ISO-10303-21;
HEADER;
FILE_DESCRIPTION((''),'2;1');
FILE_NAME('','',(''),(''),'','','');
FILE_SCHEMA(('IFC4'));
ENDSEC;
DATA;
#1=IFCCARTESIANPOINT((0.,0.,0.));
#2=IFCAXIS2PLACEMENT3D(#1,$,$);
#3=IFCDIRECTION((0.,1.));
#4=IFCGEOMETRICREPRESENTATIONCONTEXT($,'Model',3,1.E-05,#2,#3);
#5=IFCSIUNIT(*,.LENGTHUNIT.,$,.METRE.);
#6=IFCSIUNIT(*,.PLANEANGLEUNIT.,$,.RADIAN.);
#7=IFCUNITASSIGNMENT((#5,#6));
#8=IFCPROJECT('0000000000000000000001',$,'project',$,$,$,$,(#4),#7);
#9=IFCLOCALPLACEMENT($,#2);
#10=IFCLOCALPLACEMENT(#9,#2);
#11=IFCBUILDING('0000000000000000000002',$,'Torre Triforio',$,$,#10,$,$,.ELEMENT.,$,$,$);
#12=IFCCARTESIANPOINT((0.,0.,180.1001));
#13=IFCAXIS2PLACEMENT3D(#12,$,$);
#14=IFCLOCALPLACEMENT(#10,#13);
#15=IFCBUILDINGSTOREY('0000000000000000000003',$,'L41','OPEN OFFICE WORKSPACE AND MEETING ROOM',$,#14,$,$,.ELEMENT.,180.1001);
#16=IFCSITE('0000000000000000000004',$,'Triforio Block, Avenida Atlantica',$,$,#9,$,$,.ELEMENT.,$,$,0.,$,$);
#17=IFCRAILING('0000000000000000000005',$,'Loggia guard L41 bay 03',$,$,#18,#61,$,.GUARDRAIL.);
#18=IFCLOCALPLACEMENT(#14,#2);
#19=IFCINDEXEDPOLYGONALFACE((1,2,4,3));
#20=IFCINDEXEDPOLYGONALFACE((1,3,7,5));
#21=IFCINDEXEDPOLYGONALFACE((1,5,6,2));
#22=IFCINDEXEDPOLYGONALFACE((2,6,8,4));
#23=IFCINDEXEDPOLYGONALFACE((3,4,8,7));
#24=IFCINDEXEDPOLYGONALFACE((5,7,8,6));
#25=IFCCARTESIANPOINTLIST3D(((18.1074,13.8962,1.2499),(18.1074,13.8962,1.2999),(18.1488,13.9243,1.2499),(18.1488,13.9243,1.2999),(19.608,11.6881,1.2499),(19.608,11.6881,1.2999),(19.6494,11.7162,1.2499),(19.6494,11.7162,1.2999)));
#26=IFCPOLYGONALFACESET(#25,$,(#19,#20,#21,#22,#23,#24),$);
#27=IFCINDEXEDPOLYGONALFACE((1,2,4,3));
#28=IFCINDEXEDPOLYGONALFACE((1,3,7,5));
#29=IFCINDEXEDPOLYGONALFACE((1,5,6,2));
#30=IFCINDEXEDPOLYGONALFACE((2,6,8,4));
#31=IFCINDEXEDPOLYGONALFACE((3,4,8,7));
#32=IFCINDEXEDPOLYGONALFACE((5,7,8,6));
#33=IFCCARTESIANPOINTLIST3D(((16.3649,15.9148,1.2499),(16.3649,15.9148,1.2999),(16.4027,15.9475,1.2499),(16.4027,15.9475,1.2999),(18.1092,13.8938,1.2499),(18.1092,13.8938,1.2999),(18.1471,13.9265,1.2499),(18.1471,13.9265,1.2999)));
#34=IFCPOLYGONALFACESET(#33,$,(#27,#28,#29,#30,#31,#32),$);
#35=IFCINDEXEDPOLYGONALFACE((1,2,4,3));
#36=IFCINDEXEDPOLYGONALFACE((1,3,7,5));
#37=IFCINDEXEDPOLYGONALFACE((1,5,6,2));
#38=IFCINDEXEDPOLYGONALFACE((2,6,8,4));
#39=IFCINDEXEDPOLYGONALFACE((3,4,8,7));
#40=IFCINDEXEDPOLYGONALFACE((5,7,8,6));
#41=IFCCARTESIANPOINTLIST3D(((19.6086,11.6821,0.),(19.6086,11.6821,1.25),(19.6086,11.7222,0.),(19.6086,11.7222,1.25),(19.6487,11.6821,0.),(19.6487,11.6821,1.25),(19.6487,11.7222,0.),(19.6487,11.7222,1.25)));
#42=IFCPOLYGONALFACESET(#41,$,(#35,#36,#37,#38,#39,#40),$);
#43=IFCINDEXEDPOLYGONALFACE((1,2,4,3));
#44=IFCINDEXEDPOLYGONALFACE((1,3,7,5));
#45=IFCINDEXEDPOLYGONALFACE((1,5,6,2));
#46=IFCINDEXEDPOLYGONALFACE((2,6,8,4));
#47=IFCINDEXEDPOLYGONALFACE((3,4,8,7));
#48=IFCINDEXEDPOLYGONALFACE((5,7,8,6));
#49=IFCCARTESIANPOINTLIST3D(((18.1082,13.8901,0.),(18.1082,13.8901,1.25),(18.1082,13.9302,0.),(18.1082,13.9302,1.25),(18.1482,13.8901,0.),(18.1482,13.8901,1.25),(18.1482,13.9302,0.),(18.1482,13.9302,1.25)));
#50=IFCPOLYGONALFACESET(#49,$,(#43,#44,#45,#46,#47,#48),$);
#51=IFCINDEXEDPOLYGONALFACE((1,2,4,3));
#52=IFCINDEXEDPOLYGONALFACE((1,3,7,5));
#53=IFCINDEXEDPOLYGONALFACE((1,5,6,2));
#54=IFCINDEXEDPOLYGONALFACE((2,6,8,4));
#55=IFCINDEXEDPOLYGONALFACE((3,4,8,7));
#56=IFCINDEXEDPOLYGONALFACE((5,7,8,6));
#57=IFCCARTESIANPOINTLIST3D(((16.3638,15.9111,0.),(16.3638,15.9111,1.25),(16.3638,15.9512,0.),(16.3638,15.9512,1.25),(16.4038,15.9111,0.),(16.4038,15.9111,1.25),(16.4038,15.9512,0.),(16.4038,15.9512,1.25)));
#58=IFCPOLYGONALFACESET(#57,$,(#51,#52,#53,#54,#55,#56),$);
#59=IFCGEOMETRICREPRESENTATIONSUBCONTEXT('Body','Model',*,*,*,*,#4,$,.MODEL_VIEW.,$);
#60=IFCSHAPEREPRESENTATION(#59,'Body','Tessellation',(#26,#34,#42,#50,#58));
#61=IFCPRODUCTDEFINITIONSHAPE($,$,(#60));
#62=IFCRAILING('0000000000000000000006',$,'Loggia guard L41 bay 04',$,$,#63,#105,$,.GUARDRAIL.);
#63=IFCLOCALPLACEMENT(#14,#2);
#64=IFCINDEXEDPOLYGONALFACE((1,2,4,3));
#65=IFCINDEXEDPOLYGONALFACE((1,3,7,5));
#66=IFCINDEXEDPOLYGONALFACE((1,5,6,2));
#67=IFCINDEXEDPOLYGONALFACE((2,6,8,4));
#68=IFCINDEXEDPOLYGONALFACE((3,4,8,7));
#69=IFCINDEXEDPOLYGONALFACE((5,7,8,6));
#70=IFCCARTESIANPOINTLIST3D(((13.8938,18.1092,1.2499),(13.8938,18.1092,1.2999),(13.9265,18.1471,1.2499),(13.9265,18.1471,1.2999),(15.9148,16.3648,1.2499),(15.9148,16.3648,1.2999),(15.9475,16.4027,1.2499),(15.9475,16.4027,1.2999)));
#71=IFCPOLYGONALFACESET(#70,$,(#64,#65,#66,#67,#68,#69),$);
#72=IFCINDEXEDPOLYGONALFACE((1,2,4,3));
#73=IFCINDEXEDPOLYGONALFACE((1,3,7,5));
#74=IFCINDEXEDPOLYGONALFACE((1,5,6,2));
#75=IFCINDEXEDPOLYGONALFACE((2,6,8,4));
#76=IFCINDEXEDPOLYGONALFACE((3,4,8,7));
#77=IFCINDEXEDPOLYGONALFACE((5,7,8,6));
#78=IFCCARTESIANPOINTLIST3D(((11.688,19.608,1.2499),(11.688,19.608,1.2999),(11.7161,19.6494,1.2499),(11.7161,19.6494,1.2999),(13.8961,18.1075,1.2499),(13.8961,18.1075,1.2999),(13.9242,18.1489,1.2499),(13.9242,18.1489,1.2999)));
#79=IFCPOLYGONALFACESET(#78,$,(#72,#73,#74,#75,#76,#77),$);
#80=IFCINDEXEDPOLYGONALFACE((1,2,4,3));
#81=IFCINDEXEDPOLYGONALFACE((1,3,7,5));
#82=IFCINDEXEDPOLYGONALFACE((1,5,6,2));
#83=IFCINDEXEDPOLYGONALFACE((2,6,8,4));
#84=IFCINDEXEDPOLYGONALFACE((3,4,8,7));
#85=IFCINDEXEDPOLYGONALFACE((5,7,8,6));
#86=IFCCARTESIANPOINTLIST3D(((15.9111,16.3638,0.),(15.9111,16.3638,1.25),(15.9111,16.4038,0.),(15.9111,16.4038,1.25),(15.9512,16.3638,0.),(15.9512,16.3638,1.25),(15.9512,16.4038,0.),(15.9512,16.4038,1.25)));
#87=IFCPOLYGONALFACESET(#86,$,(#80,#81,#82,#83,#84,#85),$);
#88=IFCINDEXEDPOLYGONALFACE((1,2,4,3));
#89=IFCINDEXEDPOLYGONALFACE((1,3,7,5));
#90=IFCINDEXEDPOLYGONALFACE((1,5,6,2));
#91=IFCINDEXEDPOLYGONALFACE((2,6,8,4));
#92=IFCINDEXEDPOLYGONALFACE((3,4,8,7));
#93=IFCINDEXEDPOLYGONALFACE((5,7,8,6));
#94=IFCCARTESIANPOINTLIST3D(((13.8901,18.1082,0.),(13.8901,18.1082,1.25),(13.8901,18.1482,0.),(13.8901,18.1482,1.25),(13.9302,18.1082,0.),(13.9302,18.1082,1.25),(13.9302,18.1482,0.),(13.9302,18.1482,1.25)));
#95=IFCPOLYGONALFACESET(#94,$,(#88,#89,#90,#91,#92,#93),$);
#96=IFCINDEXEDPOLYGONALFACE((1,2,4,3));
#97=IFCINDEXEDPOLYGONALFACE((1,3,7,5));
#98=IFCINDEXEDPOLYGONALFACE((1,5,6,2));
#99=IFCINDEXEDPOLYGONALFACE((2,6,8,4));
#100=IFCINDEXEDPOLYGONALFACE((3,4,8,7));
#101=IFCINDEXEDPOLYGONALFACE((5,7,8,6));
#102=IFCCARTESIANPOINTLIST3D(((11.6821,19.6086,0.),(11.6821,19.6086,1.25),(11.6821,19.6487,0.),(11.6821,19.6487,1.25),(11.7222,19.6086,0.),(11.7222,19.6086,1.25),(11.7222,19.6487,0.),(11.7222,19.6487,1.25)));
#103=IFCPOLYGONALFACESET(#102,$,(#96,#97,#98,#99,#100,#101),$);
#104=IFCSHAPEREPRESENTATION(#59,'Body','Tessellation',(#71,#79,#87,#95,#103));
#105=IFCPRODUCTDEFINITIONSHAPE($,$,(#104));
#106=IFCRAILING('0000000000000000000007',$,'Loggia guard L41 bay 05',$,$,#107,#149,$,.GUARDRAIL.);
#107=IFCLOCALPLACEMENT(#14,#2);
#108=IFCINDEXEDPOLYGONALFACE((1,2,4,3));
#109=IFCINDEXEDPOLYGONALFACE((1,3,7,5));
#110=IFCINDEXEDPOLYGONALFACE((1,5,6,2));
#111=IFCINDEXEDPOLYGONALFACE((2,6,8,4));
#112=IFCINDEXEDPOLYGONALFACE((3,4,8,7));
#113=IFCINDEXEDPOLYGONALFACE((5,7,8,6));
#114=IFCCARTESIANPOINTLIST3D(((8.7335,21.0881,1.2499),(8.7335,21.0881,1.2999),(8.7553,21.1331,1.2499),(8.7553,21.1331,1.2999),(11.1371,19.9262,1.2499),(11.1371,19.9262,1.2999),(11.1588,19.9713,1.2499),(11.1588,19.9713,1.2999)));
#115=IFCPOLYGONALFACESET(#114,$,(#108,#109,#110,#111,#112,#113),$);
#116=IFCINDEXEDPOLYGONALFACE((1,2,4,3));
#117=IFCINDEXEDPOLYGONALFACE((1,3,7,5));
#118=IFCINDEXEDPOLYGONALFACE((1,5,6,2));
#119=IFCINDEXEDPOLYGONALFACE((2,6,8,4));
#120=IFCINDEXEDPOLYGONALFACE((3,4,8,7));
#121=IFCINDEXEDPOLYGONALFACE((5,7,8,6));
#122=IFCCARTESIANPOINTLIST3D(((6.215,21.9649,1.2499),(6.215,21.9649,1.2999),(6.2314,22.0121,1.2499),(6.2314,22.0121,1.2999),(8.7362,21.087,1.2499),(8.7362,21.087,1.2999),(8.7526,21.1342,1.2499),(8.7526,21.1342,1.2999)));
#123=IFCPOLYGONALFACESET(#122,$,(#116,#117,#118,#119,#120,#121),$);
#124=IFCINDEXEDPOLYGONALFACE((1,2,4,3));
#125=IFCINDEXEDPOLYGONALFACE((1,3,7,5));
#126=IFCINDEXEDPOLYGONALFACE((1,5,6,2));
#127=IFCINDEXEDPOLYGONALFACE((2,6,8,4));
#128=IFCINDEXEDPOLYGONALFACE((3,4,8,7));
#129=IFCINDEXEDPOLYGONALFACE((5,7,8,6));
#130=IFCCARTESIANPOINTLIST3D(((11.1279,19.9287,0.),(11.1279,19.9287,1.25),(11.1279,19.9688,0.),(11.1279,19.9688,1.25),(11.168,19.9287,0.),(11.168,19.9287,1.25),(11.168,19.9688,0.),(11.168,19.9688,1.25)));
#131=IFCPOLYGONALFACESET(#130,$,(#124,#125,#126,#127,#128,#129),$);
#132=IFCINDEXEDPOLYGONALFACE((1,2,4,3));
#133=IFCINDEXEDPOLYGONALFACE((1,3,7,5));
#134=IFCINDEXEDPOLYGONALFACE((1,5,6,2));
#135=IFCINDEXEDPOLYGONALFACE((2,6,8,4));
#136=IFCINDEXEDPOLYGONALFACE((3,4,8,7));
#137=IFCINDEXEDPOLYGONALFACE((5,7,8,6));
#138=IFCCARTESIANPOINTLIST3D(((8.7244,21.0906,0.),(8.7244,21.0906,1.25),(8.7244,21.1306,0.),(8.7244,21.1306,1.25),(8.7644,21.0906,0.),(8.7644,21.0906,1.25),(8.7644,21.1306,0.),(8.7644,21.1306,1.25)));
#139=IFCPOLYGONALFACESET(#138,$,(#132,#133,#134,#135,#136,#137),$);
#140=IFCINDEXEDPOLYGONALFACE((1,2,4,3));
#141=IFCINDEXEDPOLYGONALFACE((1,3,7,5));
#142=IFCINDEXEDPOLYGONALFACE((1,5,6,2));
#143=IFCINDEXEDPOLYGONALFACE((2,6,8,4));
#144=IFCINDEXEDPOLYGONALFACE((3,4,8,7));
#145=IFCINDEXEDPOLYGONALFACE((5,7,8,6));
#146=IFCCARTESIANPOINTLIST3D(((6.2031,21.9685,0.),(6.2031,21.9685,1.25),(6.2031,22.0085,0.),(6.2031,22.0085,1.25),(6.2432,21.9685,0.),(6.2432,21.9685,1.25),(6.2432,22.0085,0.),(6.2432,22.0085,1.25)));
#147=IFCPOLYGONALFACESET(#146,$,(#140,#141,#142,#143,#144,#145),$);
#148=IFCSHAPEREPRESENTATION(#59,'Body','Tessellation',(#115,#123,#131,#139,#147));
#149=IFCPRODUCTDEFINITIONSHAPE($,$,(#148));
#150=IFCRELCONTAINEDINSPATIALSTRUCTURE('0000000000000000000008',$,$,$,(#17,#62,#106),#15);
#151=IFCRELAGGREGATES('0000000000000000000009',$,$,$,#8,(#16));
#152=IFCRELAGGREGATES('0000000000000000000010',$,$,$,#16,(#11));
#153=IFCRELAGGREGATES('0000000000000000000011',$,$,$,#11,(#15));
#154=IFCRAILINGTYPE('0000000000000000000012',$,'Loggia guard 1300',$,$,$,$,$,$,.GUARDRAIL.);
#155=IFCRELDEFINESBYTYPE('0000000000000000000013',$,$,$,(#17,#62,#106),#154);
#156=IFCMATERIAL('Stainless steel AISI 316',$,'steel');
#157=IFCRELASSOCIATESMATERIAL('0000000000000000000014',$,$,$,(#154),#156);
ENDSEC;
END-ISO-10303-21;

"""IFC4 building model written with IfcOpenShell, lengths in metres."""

from ifc_helpers import new_model, si_unit, direction, frame, origin, origin_2d, place, context, subcontext, project, spatial, rectangle, extrude, material, type_object, element, save


model = new_model("IFC4")

# Units and contexts
model_context = context("Model", 3, precision=1e-05, world=origin(), true_north=direction((0.0, 1.0)))
body_context = subcontext(model_context, "Body", "Model", "MODEL_VIEW")
ifc_project = project(units=[si_unit("LENGTHUNIT", "METRE"), si_unit("PLANEANGLEUNIT", "RADIAN")], contexts=[model_context])

# Site, building, storey
site_placement = place(None, origin())
site = spatial("IfcSite", under=ifc_project, at=site_placement, Name="Triforio Block, Avenida Atlantica", CompositionType="ELEMENT", RefElevation=0.0)
building_placement = place(site_placement, origin())
building = spatial("IfcBuilding", under=site, at=building_placement, Name="Torre Triforio", CompositionType="ELEMENT")
storey_placement = place(building_placement, frame((0.0, 0.0, 180.1001)))
storey = spatial("IfcBuildingStorey", under=building, at=storey_placement, Name="L41", Description="OPEN OFFICE WORKSPACE AND MEETING ROOM", CompositionType="ELEMENT", Elevation=180.1001)

# Railings
ifc_material_1 = material(Name="Stainless steel AISI 316", Category="steel")
railing_type = type_object("IfcRailingType", Name="Loggia guard 1300", PredefinedType="GUARDRAIL", material=ifc_material_1)
railing_1_placement = place(storey_placement, frame((19.6287, 11.7021, 0.0)))
element("IfcRailing", 1, at=railing_1_placement, inside=storey, type_object=railing_type, Name="Loggia guard L41 bay 03", PredefinedType="GUARDRAIL", context=body_context, shape_type="SweptSolid", body=[
    extrude(rectangle(XDim=0.05, YDim=0.05, at=origin_2d()), frame((0.0, 0.0, 1.2749), z_axis=(-0.562065, 0.827093, 0.0), x_axis=(-0.827093, -0.562065, 0.0)), (0.0, 0.0, 1.0), 2.6697),
    extrude(rectangle(XDim=0.05, YDim=0.05, at=origin_2d()), frame((-1.5005, 2.208, 1.2749), z_axis=(-0.653401, 0.757012, 0.0), x_axis=(-0.757012, -0.653401, 0.0)), (0.0, 0.0, 1.0), 2.6697),
    extrude(rectangle(XDim=0.04, YDim=0.04, at=origin_2d()), origin(), (0.0, 0.0, 1.0), 1.25),
    extrude(rectangle(XDim=0.04, YDim=0.04, at=origin_2d()), frame((-1.5005, 2.208, 0.0)), (0.0, 0.0, 1.0), 1.25),
    extrude(rectangle(XDim=0.04, YDim=0.04, at=origin_2d()), frame((-3.2449, 4.229, 0.0)), (0.0, 0.0, 1.0), 1.25),
])
railing_2_placement = place(storey_placement, frame((15.9312, 16.3838, 0.0)))
element("IfcRailing", 2, at=railing_2_placement, inside=storey, type_object=railing_type, Name="Loggia guard L41 bay 04", PredefinedType="GUARDRAIL", context=body_context, shape_type="SweptSolid", body=[
    extrude(rectangle(XDim=0.05, YDim=0.05, at=origin_2d()), frame((0.0, 0.0, 1.2749), z_axis=(-0.757012, 0.653401, 0.0), x_axis=(-0.653401, -0.757012, 0.0)), (0.0, 0.0, 1.0), 2.6697),
    extrude(rectangle(XDim=0.05, YDim=0.05, at=origin_2d()), frame((-2.021, 1.7444, 1.2749), z_axis=(-0.827093, 0.562065, 0.0), x_axis=(-0.562065, -0.827093, 0.0)), (0.0, 0.0, 1.0), 2.6697),
    extrude(rectangle(XDim=0.04, YDim=0.04, at=origin_2d()), origin(), (0.0, 0.0, 1.0), 1.25),
    extrude(rectangle(XDim=0.04, YDim=0.04, at=origin_2d()), frame((-2.021, 1.7444, 0.0)), (0.0, 0.0, 1.0), 1.25),
    extrude(rectangle(XDim=0.04, YDim=0.04, at=origin_2d()), frame((-4.229, 3.2449, 0.0)), (0.0, 0.0, 1.0), 1.25),
])
railing_3_placement = place(storey_placement, frame((11.1479, 19.9487, 0.0)))
element("IfcRailing", 3, at=railing_3_placement, inside=storey, type_object=railing_type, Name="Loggia guard L41 bay 05", PredefinedType="GUARDRAIL", context=body_context, shape_type="SweptSolid", body=[
    extrude(rectangle(XDim=0.05, YDim=0.05, at=origin_2d()), frame((0.0, 0.0, 1.2749), z_axis=(-0.900328, 0.435212, 0.0), x_axis=(-0.435212, -0.900328, 0.0)), (0.0, 0.0, 1.0), 2.6697),
    extrude(rectangle(XDim=0.05, YDim=0.05, at=origin_2d()), frame((-2.4036, 1.1619, 1.2749), z_axis=(-0.944383, 0.328847, 0.0), x_axis=(-0.328847, -0.944383, 0.0)), (0.0, 0.0, 1.0), 2.6697),
    extrude(rectangle(XDim=0.04, YDim=0.04, at=origin_2d()), origin(), (0.0, 0.0, 1.0), 1.25),
    extrude(rectangle(XDim=0.04, YDim=0.04, at=origin_2d()), frame((-2.4036, 1.1619, 0.0)), (0.0, 0.0, 1.0), 1.25),
    extrude(rectangle(XDim=0.04, YDim=0.04, at=origin_2d()), frame((-4.9248, 2.0398, 0.0)), (0.0, 0.0, 1.0), 1.25),
])

save(model, "model.ifc")
